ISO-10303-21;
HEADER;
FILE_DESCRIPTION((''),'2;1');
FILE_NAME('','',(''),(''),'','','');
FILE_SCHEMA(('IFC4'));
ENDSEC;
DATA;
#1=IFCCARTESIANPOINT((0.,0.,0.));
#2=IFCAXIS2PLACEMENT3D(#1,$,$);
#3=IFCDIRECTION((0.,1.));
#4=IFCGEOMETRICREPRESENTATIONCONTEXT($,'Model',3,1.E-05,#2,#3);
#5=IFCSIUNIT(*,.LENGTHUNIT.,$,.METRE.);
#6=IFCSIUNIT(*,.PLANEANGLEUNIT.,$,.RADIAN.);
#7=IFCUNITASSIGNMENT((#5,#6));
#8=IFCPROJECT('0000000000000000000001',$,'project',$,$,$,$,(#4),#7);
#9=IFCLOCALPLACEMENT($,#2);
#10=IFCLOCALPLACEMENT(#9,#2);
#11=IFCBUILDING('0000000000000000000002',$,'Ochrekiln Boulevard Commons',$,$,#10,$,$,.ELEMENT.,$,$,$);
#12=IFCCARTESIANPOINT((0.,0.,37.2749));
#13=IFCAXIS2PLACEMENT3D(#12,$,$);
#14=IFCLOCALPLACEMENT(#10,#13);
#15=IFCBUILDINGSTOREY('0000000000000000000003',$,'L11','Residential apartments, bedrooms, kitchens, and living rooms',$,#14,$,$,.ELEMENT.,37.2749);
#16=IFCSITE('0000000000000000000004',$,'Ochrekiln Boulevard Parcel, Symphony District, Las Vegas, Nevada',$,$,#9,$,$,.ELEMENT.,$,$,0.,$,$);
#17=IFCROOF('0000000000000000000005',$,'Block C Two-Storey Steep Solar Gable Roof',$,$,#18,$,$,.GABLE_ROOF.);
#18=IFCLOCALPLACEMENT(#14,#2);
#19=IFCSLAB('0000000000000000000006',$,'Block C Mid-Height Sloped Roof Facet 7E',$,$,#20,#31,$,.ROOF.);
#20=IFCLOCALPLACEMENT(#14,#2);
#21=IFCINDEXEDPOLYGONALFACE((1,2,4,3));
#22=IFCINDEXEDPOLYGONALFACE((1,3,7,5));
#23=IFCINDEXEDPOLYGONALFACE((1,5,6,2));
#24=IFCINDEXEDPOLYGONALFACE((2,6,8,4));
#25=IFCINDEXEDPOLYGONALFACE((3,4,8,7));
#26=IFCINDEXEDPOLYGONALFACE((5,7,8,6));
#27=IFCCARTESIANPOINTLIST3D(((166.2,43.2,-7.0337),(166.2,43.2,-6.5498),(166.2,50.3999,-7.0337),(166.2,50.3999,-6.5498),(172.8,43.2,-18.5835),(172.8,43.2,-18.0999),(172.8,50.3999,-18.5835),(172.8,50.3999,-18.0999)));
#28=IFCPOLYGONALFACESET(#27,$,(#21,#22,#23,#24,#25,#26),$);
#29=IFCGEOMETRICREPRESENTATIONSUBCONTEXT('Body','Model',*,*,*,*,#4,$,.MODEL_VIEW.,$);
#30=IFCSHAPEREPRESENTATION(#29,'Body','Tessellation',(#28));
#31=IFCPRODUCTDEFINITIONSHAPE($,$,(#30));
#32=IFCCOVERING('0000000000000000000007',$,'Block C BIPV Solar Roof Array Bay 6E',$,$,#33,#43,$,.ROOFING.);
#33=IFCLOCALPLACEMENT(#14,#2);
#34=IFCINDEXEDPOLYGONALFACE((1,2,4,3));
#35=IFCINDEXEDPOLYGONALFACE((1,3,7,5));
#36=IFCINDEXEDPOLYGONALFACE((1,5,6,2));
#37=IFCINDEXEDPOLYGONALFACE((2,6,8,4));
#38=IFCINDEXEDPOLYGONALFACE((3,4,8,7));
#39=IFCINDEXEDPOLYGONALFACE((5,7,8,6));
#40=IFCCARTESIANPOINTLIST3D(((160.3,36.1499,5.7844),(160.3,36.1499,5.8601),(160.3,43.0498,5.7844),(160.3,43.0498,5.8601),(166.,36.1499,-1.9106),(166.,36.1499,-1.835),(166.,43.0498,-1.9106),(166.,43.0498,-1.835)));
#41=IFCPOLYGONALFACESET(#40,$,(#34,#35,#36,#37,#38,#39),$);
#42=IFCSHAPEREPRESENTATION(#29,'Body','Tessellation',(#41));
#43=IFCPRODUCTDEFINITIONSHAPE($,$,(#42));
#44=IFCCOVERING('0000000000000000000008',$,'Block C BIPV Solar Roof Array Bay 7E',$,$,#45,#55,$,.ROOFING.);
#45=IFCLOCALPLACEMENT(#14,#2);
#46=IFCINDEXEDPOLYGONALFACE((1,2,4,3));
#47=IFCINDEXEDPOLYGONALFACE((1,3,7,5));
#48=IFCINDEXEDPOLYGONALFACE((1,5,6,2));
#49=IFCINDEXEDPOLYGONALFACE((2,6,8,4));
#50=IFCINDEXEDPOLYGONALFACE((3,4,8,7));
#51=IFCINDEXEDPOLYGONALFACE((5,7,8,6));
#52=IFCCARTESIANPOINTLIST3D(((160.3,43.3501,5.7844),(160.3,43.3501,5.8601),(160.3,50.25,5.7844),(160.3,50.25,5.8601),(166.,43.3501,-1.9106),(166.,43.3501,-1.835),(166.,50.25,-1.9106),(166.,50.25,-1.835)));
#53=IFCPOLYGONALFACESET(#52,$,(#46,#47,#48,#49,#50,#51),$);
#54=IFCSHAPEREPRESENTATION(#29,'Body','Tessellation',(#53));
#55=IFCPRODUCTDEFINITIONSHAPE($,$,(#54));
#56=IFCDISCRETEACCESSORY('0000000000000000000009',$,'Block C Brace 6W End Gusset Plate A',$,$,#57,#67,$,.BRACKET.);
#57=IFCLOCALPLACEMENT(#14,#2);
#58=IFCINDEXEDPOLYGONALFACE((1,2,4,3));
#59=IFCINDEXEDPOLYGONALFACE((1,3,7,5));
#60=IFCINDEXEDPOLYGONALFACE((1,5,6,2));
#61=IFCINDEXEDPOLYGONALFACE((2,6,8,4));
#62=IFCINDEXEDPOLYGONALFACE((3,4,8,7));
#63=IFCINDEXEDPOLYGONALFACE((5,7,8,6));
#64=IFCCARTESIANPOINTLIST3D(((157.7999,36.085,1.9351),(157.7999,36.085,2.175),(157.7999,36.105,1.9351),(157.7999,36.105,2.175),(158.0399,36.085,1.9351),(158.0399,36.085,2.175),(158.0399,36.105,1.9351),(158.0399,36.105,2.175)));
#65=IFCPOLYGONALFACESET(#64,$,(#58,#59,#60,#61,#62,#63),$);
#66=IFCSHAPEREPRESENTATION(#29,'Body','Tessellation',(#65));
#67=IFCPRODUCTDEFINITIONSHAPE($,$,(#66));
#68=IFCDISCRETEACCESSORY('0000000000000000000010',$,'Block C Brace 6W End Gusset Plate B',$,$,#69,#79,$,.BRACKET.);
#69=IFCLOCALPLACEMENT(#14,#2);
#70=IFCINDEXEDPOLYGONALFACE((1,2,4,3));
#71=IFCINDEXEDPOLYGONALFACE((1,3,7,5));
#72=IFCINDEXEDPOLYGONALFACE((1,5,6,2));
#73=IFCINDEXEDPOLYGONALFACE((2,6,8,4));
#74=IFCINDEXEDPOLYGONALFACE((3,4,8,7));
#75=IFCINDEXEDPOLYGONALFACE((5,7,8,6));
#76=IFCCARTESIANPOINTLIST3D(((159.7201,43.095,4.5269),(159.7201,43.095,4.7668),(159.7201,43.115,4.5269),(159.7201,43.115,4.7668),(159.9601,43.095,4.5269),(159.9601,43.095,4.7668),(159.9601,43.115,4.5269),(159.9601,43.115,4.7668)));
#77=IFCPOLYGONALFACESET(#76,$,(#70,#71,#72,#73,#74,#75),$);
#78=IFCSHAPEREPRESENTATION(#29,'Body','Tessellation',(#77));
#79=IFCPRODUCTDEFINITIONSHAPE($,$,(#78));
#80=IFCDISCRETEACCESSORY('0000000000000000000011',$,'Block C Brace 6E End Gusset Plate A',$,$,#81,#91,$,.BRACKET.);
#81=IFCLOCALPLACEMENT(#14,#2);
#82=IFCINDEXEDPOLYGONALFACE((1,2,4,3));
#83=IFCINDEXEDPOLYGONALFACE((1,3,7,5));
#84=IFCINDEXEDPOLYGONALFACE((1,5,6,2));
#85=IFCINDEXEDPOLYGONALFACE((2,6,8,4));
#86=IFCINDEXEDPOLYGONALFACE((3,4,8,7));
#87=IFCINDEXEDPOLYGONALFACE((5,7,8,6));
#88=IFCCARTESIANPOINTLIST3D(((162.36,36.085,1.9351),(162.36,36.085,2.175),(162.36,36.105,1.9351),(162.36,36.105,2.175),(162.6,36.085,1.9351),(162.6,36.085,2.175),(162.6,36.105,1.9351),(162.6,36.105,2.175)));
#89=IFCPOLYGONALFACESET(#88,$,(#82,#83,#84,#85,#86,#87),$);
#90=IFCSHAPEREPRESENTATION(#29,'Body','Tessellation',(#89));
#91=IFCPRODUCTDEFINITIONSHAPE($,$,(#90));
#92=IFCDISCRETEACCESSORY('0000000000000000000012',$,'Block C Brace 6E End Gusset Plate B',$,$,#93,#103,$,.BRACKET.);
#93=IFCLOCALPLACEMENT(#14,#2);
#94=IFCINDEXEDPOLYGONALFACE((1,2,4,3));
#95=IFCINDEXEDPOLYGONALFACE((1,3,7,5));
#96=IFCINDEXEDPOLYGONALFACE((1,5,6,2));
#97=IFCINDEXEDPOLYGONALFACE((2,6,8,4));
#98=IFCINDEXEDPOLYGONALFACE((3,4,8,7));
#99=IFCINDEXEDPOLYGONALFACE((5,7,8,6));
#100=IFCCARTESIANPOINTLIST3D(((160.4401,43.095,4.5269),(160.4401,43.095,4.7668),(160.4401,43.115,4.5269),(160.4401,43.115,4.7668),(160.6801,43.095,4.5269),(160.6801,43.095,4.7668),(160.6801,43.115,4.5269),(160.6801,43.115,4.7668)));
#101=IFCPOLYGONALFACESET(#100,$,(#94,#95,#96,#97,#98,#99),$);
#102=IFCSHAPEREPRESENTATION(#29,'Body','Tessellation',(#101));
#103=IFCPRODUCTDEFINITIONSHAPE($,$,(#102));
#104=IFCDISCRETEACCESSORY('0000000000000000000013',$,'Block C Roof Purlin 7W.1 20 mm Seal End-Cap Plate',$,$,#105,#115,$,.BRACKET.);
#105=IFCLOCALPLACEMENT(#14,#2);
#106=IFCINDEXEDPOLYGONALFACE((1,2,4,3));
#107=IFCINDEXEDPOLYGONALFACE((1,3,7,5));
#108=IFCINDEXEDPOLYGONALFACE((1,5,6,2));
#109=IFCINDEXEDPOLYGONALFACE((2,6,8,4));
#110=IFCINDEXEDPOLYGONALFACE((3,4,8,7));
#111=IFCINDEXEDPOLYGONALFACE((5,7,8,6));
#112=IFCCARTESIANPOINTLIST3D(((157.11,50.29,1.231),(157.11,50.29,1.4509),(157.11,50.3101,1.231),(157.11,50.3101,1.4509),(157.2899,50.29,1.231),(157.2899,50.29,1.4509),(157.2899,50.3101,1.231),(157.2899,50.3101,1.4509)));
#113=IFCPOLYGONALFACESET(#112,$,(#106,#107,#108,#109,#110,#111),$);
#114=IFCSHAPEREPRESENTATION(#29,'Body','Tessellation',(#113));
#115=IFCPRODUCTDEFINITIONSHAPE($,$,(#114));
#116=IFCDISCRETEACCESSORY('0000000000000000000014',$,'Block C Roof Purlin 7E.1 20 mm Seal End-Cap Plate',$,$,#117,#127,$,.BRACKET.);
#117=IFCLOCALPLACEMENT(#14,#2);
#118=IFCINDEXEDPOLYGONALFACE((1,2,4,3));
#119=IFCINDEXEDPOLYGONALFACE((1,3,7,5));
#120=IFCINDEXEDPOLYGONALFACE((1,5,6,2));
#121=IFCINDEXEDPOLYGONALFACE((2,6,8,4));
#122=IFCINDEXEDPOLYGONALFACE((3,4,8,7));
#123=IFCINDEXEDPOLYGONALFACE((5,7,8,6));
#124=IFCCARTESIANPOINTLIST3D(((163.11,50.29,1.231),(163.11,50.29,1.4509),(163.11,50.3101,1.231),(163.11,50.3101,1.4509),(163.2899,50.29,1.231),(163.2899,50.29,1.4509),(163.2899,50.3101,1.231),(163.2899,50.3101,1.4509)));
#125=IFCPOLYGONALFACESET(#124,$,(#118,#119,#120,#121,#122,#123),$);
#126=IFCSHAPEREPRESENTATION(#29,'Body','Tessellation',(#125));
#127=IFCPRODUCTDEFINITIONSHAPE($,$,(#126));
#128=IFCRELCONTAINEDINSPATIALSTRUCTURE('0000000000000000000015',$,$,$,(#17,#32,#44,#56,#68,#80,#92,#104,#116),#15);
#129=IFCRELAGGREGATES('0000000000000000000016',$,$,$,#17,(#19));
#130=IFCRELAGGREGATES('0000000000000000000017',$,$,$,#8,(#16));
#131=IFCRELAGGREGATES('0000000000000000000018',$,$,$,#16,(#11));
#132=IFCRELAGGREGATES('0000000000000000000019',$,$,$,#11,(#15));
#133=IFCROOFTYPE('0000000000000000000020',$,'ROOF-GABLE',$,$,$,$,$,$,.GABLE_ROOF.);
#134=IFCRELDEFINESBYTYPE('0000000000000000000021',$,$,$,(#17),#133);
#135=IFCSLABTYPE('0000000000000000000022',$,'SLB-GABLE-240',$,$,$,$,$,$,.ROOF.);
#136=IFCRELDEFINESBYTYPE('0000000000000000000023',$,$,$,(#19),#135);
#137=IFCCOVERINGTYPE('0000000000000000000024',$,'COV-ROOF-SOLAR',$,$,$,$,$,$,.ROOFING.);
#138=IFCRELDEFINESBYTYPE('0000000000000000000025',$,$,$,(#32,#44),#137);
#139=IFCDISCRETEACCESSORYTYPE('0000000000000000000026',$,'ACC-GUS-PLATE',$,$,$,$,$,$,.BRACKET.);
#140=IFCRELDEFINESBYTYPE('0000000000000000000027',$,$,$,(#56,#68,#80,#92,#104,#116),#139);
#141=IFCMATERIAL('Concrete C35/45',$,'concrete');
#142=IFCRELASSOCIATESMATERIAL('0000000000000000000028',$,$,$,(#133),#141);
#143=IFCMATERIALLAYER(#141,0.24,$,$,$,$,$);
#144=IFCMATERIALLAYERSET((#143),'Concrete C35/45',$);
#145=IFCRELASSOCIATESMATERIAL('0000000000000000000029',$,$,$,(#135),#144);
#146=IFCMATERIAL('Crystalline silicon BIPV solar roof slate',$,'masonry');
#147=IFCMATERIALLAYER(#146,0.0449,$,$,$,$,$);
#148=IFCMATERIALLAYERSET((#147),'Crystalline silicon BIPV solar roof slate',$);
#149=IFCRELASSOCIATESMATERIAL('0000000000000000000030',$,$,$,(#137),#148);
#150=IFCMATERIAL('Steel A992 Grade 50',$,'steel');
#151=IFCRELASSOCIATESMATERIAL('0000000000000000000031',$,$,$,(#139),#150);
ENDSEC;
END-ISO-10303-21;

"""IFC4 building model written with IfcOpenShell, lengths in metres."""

from ifc_helpers import new_model, si_unit, direction, frame, origin, origin_2d, place, context, subcontext, project, spatial, polyline, rectangle, outline, extrude, material, layer, layer_set, type_object, element, aggregate, save


model = new_model("IFC4")

# Units and contexts
model_context = context("Model", 3, precision=1e-05, world=origin(), true_north=direction((0.0, 1.0)))
body_context = subcontext(model_context, "Body", "Model", "MODEL_VIEW")
ifc_project = project(units=[si_unit("LENGTHUNIT", "METRE"), si_unit("PLANEANGLEUNIT", "RADIAN")], contexts=[model_context])

# Site, building, storey
site_placement = place(None, origin())
site = spatial("IfcSite", under=ifc_project, at=site_placement, Name="Ochrekiln Boulevard Parcel, Symphony District, Las Vegas, Nevada", CompositionType="ELEMENT", RefElevation=0.0)
building_placement = place(site_placement, origin())
building = spatial("IfcBuilding", under=site, at=building_placement, Name="Ochrekiln Boulevard Commons", CompositionType="ELEMENT")
storey_placement = place(building_placement, frame((0.0, 0.0, 37.2749)))
storey = spatial("IfcBuildingStorey", under=building, at=storey_placement, Name="L11", Description="Residential apartments, bedrooms, kitchens, and living rooms", CompositionType="ELEMENT", Elevation=37.2749)

# Shared definitions
ifc_material_1 = material(Name="Steel A992 Grade 50", Category="steel")

# Roof, slab
ifc_material_2 = material(Name="Concrete C35/45", Category="concrete")
roof_type = type_object("IfcRoofType", Name="ROOF-GABLE", PredefinedType="GABLE_ROOF", material=ifc_material_2)
roof_placement = place(storey_placement, origin())
roof = element("IfcRoof", 1, at=roof_placement, inside=storey, type_object=roof_type, Name="Block C Two-Storey Steep Solar Gable Roof", PredefinedType="GABLE_ROOF")
ifc_layer_1 = layer(ifc_material_2, 0.24)
ifc_layer_set_1 = layer_set([ifc_layer_1], Name="Concrete C35/45")
slab_type = type_object("IfcSlabType", Name="SLB-GABLE-240", PredefinedType="ROOF", material=ifc_layer_set_1)
placement = place(building_placement, frame((0.0, 0.0, 27.825)))
slab_1_placement = place(placement, frame((172.8, 43.2, -8.6499), z_axis=(0.0, 1.0, 0.0), x_axis=(-1.0, 0.0, 0.0)))
slab_1 = element("IfcSlab", 2, at=slab_1_placement, type_object=slab_type, Name="Block C Mid-Height Sloped Roof Facet 7E", PredefinedType="ROOF", context=body_context, shape_type="SweptSolid", body=[
    extrude(outline(polyline([(0.0, 0.0), (6.6001, 11.55), (6.6001, 11.0662), (0.0, -0.4836), (0.0, 0.0)])), origin(), (0.0, 0.0, 1.0), 7.2),
])
aggregate(roof, [slab_1])

# Coverings
ifc_material_3 = material(Name="Crystalline silicon BIPV solar roof slate", Category="masonry")
ifc_layer_2 = layer(ifc_material_3, 0.0449)
ifc_layer_set_2 = layer_set([ifc_layer_2], Name="Crystalline silicon BIPV solar roof slate")
covering_type = type_object("IfcCoveringType", Name="COV-ROOF-SOLAR", PredefinedType="ROOFING", material=ifc_layer_set_2)
for number, where, z_axis, x_axis, name in (
    (3, (166.0, 36.1499, -1.835), (0.0, 1.0, 0.0), (-1.0, 0.0, 0.0), "Block C BIPV Solar Roof Array Bay 6E"),
    (4, (166.0, 43.3501, -1.835), (0.0, 1.0, 0.0), (-1.0, 0.0, 0.0), "Block C BIPV Solar Roof Array Bay 7E"),
):
    element("IfcCovering", number, at=place(storey_placement, frame(where, z_axis=z_axis, x_axis=x_axis)), inside=storey, type_object=covering_type, Name=name, PredefinedType="ROOFING", context=body_context, shape_type="SweptSolid", body=[
        extrude(outline(polyline([(0.0, 0.0), (5.7, 7.6951), (5.7, 7.6194), (0.0, -0.0757), (0.0, 0.0)])), origin(), (0.0, 0.0, 1.0), 6.8999),
    ])

# Discrete accessories
discrete_accessory_type = type_object("IfcDiscreteAccessoryType", Name="ACC-GUS-PLATE", PredefinedType="BRACKET", material=ifc_material_1)
for number, where, z_axis, x_axis, name in (
    (5, (157.9199, 36.095, 1.9351), (0.0, 0.0, 1.0), (1.0, 0.0, 0.0), "Block C Brace 6W End Gusset Plate A"),
    (6, (159.8401, 43.105, 4.5269), (0.0, 0.0, 1.0), (1.0, 0.0, 0.0), "Block C Brace 6W End Gusset Plate B"),
    (7, (162.48, 36.095, 1.9351), (0.0, 0.0, 1.0), (1.0, 0.0, 0.0), "Block C Brace 6E End Gusset Plate A"),
    (8, (160.5601, 43.105, 4.5269), (0.0, 0.0, 1.0), (1.0, 0.0, 0.0), "Block C Brace 6E End Gusset Plate B"),
):
    element("IfcDiscreteAccessory", number, at=place(storey_placement, frame(where, z_axis=z_axis, x_axis=x_axis)), inside=storey, type_object=discrete_accessory_type, Name=name, PredefinedType="BRACKET", context=body_context, shape_type="SweptSolid", body=[
        extrude(rectangle(XDim=0.24, YDim=0.02, at=origin_2d()), origin(), (0.0, 0.0, 1.0), 0.24),
    ])
for number, where, z_axis, x_axis, name in (
    (9, (157.2, 50.3, 1.231), (0.0, 0.0, 1.0), (1.0, 0.0, 0.0), "Block C Roof Purlin 7W.1 20 mm Seal End-Cap Plate"),
    (10, (163.2, 50.3, 1.231), (0.0, 0.0, 1.0), (1.0, 0.0, 0.0), "Block C Roof Purlin 7E.1 20 mm Seal End-Cap Plate"),
):
    element("IfcDiscreteAccessory", number, at=place(storey_placement, frame(where, z_axis=z_axis, x_axis=x_axis)), inside=storey, type_object=discrete_accessory_type, Name=name, PredefinedType="BRACKET", context=body_context, shape_type="SweptSolid", body=[
        extrude(rectangle(XDim=0.1799, YDim=0.02, at=origin_2d()), origin(), (0.0, 0.0, 1.0), 0.22),
    ])

save(model, "model.ifc")
